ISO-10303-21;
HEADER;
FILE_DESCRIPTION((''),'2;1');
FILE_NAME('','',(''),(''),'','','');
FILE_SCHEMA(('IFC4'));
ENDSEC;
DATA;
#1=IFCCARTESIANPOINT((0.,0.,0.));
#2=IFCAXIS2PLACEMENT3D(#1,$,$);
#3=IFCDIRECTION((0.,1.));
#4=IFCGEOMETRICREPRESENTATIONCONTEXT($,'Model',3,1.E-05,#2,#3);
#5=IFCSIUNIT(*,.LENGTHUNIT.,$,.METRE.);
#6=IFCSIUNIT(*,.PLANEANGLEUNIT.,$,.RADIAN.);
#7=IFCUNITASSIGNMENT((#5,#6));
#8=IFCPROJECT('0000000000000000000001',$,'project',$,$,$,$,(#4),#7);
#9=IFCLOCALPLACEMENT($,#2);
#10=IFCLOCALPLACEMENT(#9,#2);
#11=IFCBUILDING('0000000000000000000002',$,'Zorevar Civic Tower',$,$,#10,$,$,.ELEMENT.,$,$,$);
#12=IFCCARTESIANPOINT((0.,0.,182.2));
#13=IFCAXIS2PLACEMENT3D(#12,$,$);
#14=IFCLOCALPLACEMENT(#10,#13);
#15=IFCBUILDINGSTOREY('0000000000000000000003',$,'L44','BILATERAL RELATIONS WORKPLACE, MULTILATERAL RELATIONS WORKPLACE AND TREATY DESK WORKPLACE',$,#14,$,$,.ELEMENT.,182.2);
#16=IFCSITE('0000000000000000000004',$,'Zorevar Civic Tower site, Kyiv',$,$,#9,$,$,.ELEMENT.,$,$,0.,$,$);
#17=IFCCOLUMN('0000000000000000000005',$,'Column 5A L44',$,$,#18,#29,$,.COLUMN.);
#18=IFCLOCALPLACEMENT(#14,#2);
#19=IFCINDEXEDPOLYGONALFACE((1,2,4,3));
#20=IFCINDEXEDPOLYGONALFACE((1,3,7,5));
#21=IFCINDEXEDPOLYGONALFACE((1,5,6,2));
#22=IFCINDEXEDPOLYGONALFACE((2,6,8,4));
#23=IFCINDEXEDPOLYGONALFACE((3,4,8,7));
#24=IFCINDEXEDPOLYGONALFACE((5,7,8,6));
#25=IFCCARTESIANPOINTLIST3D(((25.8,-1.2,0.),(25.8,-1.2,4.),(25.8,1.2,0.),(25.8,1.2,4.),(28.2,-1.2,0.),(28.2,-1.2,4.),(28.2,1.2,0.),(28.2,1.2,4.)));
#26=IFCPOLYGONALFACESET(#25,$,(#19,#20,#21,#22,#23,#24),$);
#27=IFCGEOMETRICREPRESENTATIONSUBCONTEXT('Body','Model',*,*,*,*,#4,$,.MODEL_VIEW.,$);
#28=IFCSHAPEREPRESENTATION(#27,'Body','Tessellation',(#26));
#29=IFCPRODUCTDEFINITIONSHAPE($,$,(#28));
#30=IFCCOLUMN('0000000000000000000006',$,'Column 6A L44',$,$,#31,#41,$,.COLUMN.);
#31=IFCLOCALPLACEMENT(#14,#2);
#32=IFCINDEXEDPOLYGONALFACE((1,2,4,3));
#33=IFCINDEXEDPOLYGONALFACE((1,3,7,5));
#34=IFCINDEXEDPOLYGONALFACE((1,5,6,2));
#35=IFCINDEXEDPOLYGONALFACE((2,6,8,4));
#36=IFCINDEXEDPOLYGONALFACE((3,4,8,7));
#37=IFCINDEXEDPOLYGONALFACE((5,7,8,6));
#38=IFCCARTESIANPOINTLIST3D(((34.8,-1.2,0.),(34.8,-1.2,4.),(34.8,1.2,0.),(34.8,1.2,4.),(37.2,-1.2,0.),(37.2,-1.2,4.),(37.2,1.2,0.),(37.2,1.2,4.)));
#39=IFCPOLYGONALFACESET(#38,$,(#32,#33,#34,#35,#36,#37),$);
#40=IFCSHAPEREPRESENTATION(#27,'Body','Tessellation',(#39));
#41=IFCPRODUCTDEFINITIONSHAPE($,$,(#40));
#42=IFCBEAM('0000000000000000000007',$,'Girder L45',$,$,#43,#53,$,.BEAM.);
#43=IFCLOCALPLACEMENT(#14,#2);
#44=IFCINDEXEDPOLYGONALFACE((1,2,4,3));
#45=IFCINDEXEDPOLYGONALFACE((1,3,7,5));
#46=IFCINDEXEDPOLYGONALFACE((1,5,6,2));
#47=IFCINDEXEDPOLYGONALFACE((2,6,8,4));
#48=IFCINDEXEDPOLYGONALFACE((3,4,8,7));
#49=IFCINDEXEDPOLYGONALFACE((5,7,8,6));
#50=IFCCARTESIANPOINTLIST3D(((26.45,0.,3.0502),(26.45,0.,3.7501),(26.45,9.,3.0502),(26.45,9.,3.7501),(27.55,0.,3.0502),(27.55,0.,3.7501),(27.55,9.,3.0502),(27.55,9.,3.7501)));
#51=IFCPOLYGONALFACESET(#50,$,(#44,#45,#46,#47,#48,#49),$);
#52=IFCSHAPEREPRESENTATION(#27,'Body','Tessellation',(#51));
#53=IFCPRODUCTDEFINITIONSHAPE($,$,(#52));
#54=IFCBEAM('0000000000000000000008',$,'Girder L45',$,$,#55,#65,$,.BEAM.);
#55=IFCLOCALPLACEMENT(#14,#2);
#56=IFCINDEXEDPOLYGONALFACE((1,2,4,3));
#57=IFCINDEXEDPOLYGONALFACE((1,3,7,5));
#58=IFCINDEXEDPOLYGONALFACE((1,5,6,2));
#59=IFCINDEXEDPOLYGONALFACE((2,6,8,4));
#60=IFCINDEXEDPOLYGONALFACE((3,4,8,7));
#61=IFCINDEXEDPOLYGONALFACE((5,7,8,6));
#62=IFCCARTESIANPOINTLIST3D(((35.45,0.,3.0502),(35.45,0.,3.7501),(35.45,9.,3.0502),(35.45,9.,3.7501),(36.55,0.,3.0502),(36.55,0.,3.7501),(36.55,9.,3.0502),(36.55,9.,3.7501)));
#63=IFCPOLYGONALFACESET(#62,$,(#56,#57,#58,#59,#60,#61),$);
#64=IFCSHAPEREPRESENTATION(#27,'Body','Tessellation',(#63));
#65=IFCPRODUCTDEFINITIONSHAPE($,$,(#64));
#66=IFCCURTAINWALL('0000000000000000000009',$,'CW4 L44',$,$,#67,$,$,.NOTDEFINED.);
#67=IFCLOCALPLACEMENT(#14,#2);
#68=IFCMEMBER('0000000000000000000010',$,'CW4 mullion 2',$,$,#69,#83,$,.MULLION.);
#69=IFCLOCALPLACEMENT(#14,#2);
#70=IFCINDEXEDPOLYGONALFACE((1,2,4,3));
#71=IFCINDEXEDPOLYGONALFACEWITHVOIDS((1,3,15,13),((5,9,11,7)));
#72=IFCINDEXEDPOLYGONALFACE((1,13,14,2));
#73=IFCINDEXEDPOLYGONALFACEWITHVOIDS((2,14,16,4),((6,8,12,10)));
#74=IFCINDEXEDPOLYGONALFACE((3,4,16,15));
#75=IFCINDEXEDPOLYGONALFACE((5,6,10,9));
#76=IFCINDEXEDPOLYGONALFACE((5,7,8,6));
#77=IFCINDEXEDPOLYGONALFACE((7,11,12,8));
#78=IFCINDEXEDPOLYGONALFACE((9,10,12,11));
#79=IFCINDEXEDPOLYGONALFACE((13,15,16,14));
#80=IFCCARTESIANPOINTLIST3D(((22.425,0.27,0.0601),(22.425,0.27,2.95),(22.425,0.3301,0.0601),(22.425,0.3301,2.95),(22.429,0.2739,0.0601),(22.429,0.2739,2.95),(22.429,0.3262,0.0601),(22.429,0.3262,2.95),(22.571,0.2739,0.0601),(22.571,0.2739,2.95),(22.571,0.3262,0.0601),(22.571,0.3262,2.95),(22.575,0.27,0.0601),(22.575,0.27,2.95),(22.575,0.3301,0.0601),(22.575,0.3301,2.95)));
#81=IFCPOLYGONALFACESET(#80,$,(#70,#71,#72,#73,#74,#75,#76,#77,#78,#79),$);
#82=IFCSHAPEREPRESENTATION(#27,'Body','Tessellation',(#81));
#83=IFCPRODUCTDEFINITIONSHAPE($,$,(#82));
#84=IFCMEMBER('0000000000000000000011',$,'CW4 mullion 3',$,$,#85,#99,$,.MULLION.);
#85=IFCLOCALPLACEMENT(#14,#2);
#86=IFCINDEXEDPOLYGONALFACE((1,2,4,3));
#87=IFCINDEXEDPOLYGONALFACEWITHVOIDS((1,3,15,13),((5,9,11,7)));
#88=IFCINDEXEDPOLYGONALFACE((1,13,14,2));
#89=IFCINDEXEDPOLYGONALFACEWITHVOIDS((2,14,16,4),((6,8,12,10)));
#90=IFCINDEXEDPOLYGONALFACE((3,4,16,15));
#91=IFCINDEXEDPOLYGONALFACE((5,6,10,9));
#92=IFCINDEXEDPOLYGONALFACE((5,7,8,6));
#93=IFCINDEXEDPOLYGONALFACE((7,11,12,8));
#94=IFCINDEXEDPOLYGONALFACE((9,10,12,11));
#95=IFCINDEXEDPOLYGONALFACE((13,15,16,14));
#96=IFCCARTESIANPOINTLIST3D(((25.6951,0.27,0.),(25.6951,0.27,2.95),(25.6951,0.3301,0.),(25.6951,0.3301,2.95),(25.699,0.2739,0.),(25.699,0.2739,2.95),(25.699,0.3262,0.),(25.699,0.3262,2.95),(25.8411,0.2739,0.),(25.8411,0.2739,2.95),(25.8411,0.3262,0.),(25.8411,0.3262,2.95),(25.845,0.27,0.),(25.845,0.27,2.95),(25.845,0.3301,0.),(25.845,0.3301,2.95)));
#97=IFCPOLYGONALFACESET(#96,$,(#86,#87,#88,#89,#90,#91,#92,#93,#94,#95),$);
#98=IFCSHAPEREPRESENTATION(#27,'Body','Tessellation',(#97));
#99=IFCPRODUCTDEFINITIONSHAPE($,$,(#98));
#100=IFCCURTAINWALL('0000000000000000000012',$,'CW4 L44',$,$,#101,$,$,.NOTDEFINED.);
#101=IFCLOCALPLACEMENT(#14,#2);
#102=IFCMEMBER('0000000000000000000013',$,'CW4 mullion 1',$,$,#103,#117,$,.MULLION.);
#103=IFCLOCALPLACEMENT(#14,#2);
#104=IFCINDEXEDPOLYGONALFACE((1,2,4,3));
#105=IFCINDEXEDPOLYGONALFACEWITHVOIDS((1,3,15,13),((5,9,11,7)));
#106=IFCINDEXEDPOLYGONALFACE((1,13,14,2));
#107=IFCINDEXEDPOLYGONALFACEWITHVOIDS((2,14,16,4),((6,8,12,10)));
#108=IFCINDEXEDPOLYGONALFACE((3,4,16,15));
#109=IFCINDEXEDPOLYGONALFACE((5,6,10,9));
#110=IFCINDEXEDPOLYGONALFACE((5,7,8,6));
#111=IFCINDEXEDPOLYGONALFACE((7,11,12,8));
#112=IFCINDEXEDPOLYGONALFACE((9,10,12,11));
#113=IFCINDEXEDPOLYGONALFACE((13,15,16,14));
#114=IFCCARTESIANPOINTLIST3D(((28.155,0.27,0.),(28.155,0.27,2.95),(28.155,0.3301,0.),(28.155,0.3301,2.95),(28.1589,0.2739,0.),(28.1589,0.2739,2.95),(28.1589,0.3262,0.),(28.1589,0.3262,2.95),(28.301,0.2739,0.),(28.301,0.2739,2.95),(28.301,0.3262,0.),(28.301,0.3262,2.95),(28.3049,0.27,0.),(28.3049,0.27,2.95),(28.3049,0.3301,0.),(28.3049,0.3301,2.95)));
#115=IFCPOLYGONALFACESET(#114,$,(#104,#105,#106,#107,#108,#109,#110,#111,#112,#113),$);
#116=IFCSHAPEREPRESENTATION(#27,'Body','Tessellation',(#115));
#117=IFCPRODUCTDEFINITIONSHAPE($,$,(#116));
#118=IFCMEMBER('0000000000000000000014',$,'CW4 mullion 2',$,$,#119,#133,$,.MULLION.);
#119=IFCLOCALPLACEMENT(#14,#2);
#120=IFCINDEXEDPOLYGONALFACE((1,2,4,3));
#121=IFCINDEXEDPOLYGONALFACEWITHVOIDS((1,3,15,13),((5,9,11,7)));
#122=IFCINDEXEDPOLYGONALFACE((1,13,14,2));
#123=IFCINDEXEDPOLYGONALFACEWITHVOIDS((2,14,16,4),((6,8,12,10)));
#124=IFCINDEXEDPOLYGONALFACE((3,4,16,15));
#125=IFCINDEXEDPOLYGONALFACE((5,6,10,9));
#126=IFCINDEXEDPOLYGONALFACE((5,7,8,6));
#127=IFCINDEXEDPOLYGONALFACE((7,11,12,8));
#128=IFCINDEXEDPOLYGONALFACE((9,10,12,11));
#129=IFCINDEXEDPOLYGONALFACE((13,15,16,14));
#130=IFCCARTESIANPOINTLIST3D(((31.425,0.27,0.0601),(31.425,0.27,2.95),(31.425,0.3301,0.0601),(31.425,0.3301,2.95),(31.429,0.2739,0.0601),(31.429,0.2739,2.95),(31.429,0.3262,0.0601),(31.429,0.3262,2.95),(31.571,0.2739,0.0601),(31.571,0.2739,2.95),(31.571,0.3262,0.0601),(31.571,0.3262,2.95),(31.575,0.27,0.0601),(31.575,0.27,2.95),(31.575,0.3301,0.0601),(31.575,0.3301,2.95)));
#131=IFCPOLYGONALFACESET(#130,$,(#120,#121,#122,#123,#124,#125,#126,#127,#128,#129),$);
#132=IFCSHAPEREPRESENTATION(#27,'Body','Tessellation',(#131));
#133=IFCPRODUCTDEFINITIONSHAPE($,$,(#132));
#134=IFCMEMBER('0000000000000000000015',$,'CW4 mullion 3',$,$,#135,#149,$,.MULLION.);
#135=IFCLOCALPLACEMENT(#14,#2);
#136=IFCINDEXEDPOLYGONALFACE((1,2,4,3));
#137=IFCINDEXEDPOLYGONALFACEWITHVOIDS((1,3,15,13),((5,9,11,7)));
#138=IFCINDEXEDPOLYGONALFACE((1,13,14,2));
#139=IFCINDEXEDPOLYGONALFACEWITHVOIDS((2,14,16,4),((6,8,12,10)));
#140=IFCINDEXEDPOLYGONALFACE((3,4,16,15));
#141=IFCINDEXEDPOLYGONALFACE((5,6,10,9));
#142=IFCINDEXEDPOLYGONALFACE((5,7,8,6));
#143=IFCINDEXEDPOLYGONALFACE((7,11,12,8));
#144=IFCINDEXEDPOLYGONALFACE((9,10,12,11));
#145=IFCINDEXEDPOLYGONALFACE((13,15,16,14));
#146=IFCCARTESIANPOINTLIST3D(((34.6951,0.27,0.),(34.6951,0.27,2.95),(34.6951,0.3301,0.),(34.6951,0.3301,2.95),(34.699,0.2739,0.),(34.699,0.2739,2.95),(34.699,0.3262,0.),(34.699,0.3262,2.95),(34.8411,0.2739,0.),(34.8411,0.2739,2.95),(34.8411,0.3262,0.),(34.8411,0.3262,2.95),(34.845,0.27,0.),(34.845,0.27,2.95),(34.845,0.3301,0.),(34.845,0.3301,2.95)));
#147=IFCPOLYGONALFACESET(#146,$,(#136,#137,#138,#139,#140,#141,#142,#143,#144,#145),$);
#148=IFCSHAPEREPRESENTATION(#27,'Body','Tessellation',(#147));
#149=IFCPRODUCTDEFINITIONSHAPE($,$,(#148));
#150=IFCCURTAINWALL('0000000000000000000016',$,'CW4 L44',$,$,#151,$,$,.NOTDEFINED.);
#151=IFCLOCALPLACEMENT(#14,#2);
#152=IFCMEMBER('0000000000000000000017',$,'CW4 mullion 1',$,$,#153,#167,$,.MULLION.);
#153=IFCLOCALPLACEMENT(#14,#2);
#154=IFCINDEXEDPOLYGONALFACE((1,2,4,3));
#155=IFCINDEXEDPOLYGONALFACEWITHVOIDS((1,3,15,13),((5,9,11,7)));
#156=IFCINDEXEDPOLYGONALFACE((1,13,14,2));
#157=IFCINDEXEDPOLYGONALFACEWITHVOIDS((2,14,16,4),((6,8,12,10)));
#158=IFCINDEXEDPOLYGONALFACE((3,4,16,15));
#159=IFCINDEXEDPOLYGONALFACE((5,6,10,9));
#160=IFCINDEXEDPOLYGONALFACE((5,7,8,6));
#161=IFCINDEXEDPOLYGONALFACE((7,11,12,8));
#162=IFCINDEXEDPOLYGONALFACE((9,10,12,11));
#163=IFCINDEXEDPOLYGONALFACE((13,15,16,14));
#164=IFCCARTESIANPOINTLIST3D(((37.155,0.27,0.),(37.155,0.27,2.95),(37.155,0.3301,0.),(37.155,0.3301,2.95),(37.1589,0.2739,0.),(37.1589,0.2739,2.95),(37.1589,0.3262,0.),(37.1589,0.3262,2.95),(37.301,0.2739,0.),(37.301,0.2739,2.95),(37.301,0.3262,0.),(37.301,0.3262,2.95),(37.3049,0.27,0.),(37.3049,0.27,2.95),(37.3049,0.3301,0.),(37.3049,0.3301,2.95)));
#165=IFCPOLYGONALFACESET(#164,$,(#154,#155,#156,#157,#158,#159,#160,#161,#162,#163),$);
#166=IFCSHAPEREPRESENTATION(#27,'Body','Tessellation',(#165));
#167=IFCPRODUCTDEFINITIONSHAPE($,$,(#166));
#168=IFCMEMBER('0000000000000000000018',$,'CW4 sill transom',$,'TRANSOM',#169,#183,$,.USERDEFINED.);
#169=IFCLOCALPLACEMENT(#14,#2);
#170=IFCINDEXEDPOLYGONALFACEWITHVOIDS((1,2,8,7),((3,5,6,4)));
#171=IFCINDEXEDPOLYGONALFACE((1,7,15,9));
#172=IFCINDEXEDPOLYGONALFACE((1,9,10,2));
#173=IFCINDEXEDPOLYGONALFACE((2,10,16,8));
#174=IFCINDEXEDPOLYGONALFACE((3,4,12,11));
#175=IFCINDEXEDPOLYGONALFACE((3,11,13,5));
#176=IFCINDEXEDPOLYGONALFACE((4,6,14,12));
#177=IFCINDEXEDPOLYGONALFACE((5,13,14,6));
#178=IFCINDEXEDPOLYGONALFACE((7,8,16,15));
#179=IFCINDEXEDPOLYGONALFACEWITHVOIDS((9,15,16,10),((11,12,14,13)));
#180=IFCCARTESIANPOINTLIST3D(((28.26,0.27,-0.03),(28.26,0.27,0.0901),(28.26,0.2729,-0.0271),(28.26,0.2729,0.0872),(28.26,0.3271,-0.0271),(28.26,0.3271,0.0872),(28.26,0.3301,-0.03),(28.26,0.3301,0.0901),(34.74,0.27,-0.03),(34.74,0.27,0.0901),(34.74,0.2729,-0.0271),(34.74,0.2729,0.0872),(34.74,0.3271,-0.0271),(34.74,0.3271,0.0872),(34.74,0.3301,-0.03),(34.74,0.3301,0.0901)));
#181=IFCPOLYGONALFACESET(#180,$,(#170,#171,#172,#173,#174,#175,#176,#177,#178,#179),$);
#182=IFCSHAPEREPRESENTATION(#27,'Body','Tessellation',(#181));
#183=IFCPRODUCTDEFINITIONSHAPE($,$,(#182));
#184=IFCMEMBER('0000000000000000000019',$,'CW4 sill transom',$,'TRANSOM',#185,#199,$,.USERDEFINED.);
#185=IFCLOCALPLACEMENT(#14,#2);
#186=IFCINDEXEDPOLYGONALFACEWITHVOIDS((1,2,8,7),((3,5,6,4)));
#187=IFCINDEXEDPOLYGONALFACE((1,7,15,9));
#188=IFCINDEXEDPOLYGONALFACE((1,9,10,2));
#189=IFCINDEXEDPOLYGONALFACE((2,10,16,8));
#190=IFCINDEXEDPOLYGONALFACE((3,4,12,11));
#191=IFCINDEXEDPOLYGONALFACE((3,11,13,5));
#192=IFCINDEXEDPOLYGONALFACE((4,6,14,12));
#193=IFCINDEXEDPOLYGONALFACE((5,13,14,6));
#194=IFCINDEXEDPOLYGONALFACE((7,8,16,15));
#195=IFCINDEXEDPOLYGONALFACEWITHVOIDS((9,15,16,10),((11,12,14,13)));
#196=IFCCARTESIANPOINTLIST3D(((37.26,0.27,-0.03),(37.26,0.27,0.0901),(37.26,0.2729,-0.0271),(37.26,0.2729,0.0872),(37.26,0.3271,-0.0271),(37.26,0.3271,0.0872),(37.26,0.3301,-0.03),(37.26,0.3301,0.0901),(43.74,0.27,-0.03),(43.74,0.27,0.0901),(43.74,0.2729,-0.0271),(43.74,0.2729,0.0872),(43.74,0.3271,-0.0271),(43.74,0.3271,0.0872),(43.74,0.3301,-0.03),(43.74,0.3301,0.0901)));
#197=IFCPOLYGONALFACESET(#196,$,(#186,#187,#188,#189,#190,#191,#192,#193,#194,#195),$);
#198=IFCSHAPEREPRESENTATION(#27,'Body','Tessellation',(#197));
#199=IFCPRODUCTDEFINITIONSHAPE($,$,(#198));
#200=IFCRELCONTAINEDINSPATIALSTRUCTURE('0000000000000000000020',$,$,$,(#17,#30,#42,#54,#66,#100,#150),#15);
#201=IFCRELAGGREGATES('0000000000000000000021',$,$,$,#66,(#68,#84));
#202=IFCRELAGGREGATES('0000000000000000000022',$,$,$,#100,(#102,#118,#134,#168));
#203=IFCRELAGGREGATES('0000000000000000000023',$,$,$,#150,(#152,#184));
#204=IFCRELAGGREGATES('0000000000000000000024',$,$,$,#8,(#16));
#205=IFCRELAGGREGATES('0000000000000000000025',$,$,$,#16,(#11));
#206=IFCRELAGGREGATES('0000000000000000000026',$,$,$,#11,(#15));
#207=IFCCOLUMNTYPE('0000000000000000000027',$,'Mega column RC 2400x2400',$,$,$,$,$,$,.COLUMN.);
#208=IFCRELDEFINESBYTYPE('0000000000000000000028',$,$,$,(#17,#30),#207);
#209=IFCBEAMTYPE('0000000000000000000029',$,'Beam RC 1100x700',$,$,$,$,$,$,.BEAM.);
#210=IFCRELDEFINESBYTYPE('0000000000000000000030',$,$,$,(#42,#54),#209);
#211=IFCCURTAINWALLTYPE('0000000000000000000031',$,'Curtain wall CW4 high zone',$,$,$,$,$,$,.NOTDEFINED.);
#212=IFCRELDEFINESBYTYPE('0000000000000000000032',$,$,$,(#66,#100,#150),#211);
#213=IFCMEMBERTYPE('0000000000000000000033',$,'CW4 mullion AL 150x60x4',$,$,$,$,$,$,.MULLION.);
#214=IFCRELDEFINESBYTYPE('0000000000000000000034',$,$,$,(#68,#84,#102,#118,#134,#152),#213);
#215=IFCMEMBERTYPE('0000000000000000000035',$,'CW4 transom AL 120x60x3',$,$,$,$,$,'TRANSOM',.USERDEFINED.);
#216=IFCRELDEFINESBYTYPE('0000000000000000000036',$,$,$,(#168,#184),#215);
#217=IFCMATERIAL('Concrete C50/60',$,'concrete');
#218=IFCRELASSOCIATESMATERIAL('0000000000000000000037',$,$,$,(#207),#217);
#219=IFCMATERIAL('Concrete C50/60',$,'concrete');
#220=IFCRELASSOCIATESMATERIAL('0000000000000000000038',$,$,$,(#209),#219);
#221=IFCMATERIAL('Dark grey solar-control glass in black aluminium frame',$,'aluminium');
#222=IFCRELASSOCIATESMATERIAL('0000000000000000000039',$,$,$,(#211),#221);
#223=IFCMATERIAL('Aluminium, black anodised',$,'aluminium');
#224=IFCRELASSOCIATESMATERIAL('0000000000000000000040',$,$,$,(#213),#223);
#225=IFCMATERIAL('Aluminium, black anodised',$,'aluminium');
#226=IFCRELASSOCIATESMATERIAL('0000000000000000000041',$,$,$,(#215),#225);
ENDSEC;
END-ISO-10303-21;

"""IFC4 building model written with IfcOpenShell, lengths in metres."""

from ifc_helpers import new_model, si_unit, direction, frame, origin, origin_2d, place, context, subcontext, project, spatial, rectangle, hollow_rectangle, extrude, material, material_profile, profile_set, type_object, element, aggregate, save


model = new_model("IFC4")

# Units and contexts
model_context = context("Model", 3, precision=1e-05, world=origin(), true_north=direction((0.0, 1.0)))
body_context = subcontext(model_context, "Body", "Model", "MODEL_VIEW")
ifc_project = project(units=[si_unit("LENGTHUNIT", "METRE"), si_unit("PLANEANGLEUNIT", "RADIAN")], contexts=[model_context])

# Site, building, storey
site_placement = place(None, origin())
site = spatial("IfcSite", under=ifc_project, at=site_placement, Name="Zorevar Civic Tower site, Kyiv", CompositionType="ELEMENT", RefElevation=0.0)
building_placement = place(site_placement, origin())
building = spatial("IfcBuilding", under=site, at=building_placement, Name="Zorevar Civic Tower", CompositionType="ELEMENT")
storey_placement = place(building_placement, frame((0.0, 0.0, 182.2)))
storey = spatial("IfcBuildingStorey", under=building, at=storey_placement, Name="L44", Description="BILATERAL RELATIONS WORKPLACE, MULTILATERAL RELATIONS WORKPLACE AND TREATY DESK WORKPLACE", CompositionType="ELEMENT", Elevation=182.2)

# Columns
ifc_material_1 = material(Name="Concrete C50/60", Category="concrete")
ifc_material_profile_1 = material_profile(ifc_material_1, rectangle(XDim=2.3999, YDim=2.3999, at=origin_2d()), Name="RC 2400x2400")
ifc_profile_set_1 = profile_set([ifc_material_profile_1], Name="Concrete C50/60")
column_type = type_object("IfcColumnType", Name="Mega column RC 2400x2400", PredefinedType="COLUMN", material=ifc_profile_set_1)
for number, where, z_axis, x_axis, name in (
    (1, (27.0, 0.0, 0.0), (0.0, 0.0, 1.0), (1.0, 0.0, 0.0), "Column 5A L44"),
    (2, (36.0, 0.0, 0.0), (0.0, 0.0, 1.0), (1.0, 0.0, 0.0), "Column 6A L44"),
):
    element("IfcColumn", number, at=place(storey_placement, frame(where, z_axis=z_axis, x_axis=x_axis)), inside=storey, type_object=column_type, Name=name, PredefinedType="COLUMN", context=body_context, shape_type="SweptSolid", body=[
        extrude(rectangle(XDim=2.3999, YDim=2.3999, at=origin_2d()), origin(), (0.0, 0.0, 1.0), 4.0),
    ])

# Beams
ifc_material_2 = material(Name="Concrete C50/60", Category="concrete")
ifc_material_profile_2 = material_profile(ifc_material_2, rectangle(XDim=1.1001, YDim=0.7, at=origin_2d()), Name="RC 1100x700")
ifc_profile_set_2 = profile_set([ifc_material_profile_2], Name="Concrete C50/60")
beam_type_1 = type_object("IfcBeamType", Name="Beam RC 1100x700", PredefinedType="BEAM", material=ifc_profile_set_2)
for number, where, z_axis, x_axis, name in (
    (3, (27.0, 0.0, 3.4001), (0.0, 1.0, 0.0), (-1.0, 0.0, 0.0), "Girder L45"),
    (4, (36.0, 0.0, 3.4001), (0.0, 1.0, 0.0), (-1.0, 0.0, 0.0), "Girder L45"),
):
    element("IfcBeam", number, at=place(storey_placement, frame(where, z_axis=z_axis, x_axis=x_axis)), inside=storey, type_object=beam_type_1, Name=name, PredefinedType="BEAM", context=body_context, shape_type="SweptSolid", body=[
        extrude(rectangle(XDim=1.1001, YDim=0.7, at=origin_2d()), origin(), (0.0, 0.0, 1.0), 9.0),
    ])

# Curtain walls, members
ifc_material_3 = material(Name="Dark grey solar-control glass in black aluminium frame", Category="aluminium")
curtain_wall_type = type_object("IfcCurtainWallType", Name="Curtain wall CW4 high zone", PredefinedType="NOTDEFINED", material=ifc_material_3)
curtain_wall_1_placement = place(storey_placement, origin())
curtain_wall_1 = element("IfcCurtainWall", 5, at=curtain_wall_1_placement, inside=storey, type_object=curtain_wall_type, Name="CW4 L44", PredefinedType="NOTDEFINED")
ifc_material_4 = material(Name="Aluminium, black anodised", Category="aluminium")
ifc_material_profile_3 = material_profile(ifc_material_4, hollow_rectangle(XDim=0.0601, YDim=0.1499, WallThickness=0.0039, at=origin_2d()), Name="AL 150x60x4")
ifc_profile_set_3 = profile_set([ifc_material_profile_3], Name="Aluminium, black anodised")
member_type_1 = type_object("IfcMemberType", Name="CW4 mullion AL 150x60x4", PredefinedType="MULLION", material=ifc_profile_set_3)
member_1_placement = place(storey_placement, frame((22.5, 0.3, 0.0601), z_axis=(0.0, 0.0, 1.0), x_axis=(0.0, 1.0, 0.0)))
member_1 = element("IfcMember", 6, at=member_1_placement, type_object=member_type_1, Name="CW4 mullion 2", PredefinedType="MULLION", context=body_context, shape_type="SweptSolid", body=[
    extrude(hollow_rectangle(XDim=0.0601, YDim=0.1499, WallThickness=0.0039, at=origin_2d()), origin(), (0.0, 0.0, 1.0), 2.8899),
])
member_2_placement = place(storey_placement, frame((25.77, 0.3, 0.0), z_axis=(0.0, 0.0, 1.0), x_axis=(0.0, 1.0, 0.0)))
member_2 = element("IfcMember", 7, at=member_2_placement, type_object=member_type_1, Name="CW4 mullion 3", PredefinedType="MULLION", context=body_context, shape_type="SweptSolid", body=[
    extrude(hollow_rectangle(XDim=0.0601, YDim=0.1499, WallThickness=0.0039, at=origin_2d()), origin(), (0.0, 0.0, 1.0), 2.95),
])
curtain_wall_2_placement = place(storey_placement, origin())
curtain_wall_2 = element("IfcCurtainWall", 8, at=curtain_wall_2_placement, inside=storey, type_object=curtain_wall_type, Name="CW4 L44", PredefinedType="NOTDEFINED")
member_3_placement = place(storey_placement, frame((28.23, 0.3, 0.0), z_axis=(0.0, 0.0, 1.0), x_axis=(0.0, 1.0, 0.0)))
member_3 = element("IfcMember", 9, at=member_3_placement, type_object=member_type_1, Name="CW4 mullion 1", PredefinedType="MULLION", context=body_context, shape_type="SweptSolid", body=[
    extrude(hollow_rectangle(XDim=0.0601, YDim=0.1499, WallThickness=0.0039, at=origin_2d()), origin(), (0.0, 0.0, 1.0), 2.95),
])
member_4_placement = place(storey_placement, frame((31.5, 0.3, 0.0601), z_axis=(0.0, 0.0, 1.0), x_axis=(0.0, 1.0, 0.0)))
member_4 = element("IfcMember", 10, at=member_4_placement, type_object=member_type_1, Name="CW4 mullion 2", PredefinedType="MULLION", context=body_context, shape_type="SweptSolid", body=[
    extrude(hollow_rectangle(XDim=0.0601, YDim=0.1499, WallThickness=0.0039, at=origin_2d()), origin(), (0.0, 0.0, 1.0), 2.8899),
])
member_5_placement = place(storey_placement, frame((34.77, 0.3, 0.0), z_axis=(0.0, 0.0, 1.0), x_axis=(0.0, 1.0, 0.0)))
member_5 = element("IfcMember", 11, at=member_5_placement, type_object=member_type_1, Name="CW4 mullion 3", PredefinedType="MULLION", context=body_context, shape_type="SweptSolid", body=[
    extrude(hollow_rectangle(XDim=0.0601, YDim=0.1499, WallThickness=0.0039, at=origin_2d()), origin(), (0.0, 0.0, 1.0), 2.95),
])

# Curtain wall, member
curtain_wall_3_placement = place(storey_placement, origin())
curtain_wall_3 = element("IfcCurtainWall", 12, at=curtain_wall_3_placement, inside=storey, type_object=curtain_wall_type, Name="CW4 L44", PredefinedType="NOTDEFINED")
member_6_placement = place(storey_placement, frame((37.23, 0.3, 0.0), z_axis=(0.0, 0.0, 1.0), x_axis=(0.0, 1.0, 0.0)))
member_6 = element("IfcMember", 13, at=member_6_placement, type_object=member_type_1, Name="CW4 mullion 1", PredefinedType="MULLION", context=body_context, shape_type="SweptSolid", body=[
    extrude(hollow_rectangle(XDim=0.0601, YDim=0.1499, WallThickness=0.0039, at=origin_2d()), origin(), (0.0, 0.0, 1.0), 2.95),
])

# Members
ifc_material_5 = material(Name="Aluminium, black anodised", Category="aluminium")
ifc_material_profile_4 = material_profile(ifc_material_5, hollow_rectangle(XDim=0.0601, YDim=0.1201, WallThickness=0.0029, at=origin_2d()), Name="AL 120x60x3")
ifc_profile_set_4 = profile_set([ifc_material_profile_4], Name="Aluminium, black anodised")
member_type_2 = type_object("IfcMemberType", Name="CW4 transom AL 120x60x3", ElementType="TRANSOM", PredefinedType="USERDEFINED", material=ifc_profile_set_4)
member_7_placement = place(storey_placement, frame((28.26, 0.3, 0.03), z_axis=(1.0, 0.0, 0.0), x_axis=(0.0, 1.0, 0.0)))
member_7 = element("IfcMember", 14, at=member_7_placement, type_object=member_type_2, Name="CW4 sill transom", ObjectType="TRANSOM", PredefinedType="USERDEFINED", context=body_context, shape_type="SweptSolid", body=[
    extrude(hollow_rectangle(XDim=0.0601, YDim=0.1201, WallThickness=0.0029, at=origin_2d()), origin(), (0.0, 0.0, 1.0), 6.48),
])
member_8_placement = place(storey_placement, frame((37.26, 0.3, 0.03), z_axis=(1.0, 0.0, 0.0), x_axis=(0.0, 1.0, 0.0)))
member_8 = element("IfcMember", 15, at=member_8_placement, type_object=member_type_2, Name="CW4 sill transom", ObjectType="TRANSOM", PredefinedType="USERDEFINED", context=body_context, shape_type="SweptSolid", body=[
    extrude(hollow_rectangle(XDim=0.0601, YDim=0.1201, WallThickness=0.0029, at=origin_2d()), origin(), (0.0, 0.0, 1.0), 6.48),
])

aggregate(curtain_wall_1, [member_1, member_2])
aggregate(curtain_wall_2, [member_3, member_4, member_5, member_7])
aggregate(curtain_wall_3, [member_6, member_8])

save(model, "model.ifc")
